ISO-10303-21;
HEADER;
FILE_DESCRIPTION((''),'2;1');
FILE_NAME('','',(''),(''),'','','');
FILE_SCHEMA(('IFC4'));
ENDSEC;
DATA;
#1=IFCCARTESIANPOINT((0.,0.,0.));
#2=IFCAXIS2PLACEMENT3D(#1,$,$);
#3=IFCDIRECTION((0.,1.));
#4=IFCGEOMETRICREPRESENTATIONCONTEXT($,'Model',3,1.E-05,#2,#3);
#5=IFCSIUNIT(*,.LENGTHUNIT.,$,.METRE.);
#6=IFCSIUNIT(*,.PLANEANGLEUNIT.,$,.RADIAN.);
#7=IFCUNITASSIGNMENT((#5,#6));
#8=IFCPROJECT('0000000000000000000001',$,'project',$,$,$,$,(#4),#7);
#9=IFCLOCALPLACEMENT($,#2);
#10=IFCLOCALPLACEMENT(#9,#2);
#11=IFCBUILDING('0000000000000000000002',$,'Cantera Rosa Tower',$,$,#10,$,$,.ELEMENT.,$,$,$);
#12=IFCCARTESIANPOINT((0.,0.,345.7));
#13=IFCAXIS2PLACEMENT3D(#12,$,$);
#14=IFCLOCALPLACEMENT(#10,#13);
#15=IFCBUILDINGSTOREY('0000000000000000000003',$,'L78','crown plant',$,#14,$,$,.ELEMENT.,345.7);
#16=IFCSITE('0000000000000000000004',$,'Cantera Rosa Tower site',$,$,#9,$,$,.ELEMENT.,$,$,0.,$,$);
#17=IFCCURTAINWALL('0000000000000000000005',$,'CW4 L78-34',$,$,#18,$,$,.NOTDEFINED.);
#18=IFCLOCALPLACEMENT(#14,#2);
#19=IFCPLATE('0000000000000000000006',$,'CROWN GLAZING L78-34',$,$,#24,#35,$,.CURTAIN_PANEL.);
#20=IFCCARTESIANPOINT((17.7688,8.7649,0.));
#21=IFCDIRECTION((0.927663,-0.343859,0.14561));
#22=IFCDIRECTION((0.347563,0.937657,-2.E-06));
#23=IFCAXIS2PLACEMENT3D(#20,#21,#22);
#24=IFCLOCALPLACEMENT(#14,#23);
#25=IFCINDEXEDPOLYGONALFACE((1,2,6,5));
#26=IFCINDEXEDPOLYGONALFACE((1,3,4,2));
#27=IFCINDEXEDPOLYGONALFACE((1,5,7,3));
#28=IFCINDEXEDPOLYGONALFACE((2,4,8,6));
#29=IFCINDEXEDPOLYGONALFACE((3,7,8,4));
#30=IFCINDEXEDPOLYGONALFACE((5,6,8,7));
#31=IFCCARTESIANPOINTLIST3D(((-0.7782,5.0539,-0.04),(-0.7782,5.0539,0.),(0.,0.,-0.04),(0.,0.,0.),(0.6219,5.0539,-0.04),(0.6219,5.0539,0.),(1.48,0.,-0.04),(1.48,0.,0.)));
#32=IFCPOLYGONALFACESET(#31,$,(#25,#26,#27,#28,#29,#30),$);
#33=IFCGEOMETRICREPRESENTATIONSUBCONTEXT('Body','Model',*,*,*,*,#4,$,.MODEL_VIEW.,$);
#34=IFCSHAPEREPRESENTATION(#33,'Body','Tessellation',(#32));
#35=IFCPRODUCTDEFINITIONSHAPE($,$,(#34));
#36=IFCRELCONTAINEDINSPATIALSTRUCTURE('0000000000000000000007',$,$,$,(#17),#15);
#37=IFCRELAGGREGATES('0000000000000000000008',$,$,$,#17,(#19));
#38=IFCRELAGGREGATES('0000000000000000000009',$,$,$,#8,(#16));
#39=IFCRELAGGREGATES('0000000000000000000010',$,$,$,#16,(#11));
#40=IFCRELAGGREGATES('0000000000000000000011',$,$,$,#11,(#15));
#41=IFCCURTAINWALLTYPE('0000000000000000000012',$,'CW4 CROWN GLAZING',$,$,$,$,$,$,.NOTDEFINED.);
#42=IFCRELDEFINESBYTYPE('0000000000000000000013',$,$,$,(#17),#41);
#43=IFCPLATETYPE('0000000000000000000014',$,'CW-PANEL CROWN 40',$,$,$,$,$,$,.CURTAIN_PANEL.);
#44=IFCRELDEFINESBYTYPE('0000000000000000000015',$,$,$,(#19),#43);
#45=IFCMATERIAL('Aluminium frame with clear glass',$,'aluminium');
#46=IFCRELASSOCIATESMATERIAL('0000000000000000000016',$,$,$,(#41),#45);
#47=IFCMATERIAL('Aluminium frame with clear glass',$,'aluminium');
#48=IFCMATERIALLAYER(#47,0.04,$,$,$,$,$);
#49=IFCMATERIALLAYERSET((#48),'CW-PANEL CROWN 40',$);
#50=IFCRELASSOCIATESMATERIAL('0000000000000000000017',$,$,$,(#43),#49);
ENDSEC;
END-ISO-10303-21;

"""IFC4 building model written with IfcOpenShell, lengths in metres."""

from ifc_helpers import new_model, si_unit, direction, frame, origin, place, context, subcontext, project, spatial, polyline, outline, extrude, material, layer, layer_set, type_object, element, aggregate, save


model = new_model("IFC4")

# Units and contexts
model_context = context("Model", 3, precision=1e-05, world=origin(), true_north=direction((0.0, 1.0)))
body_context = subcontext(model_context, "Body", "Model", "MODEL_VIEW")
ifc_project = project(units=[si_unit("LENGTHUNIT", "METRE"), si_unit("PLANEANGLEUNIT", "RADIAN")], contexts=[model_context])

# Site, building, storey
site_placement = place(None, origin())
site = spatial("IfcSite", under=ifc_project, at=site_placement, Name="Cantera Rosa Tower site", CompositionType="ELEMENT", RefElevation=0.0)
building_placement = place(site_placement, origin())
building = spatial("IfcBuilding", under=site, at=building_placement, Name="Cantera Rosa Tower", CompositionType="ELEMENT")
storey_placement = place(building_placement, frame((0.0, 0.0, 345.7)))
storey = spatial("IfcBuildingStorey", under=building, at=storey_placement, Name="L78", Description="crown plant", CompositionType="ELEMENT", Elevation=345.7)

# Curtain wall
ifc_material_1 = material(Name="Aluminium frame with clear glass", Category="aluminium")
curtain_wall_type = type_object("IfcCurtainWallType", Name="CW4 CROWN GLAZING", PredefinedType="NOTDEFINED", material=ifc_material_1)
curtain_wall_1_placement = place(storey_placement, origin())
curtain_wall_1 = element("IfcCurtainWall", 1, at=curtain_wall_1_placement, inside=storey, type_object=curtain_wall_type, Name="CW4 L78-34", PredefinedType="NOTDEFINED")

# Plate
ifc_material_2 = material(Name="Aluminium frame with clear glass", Category="aluminium")
ifc_layer_1 = layer(ifc_material_2, 0.04)
ifc_layer_set_1 = layer_set([ifc_layer_1], Name="CW-PANEL CROWN 40")
plate_type = type_object("IfcPlateType", Name="CW-PANEL CROWN 40", PredefinedType="CURTAIN_PANEL", material=ifc_layer_set_1)
plate_1_placement = place(storey_placement, frame((17.7688, 8.7649, 0.0), z_axis=(0.927663, -0.343859, 0.14561), x_axis=(0.347563, 0.937657, -0.000002)))
plate_1 = element("IfcPlate", 2, at=plate_1_placement, type_object=plate_type, Name="CROWN GLAZING L78-34", PredefinedType="CURTAIN_PANEL", context=body_context, shape_type="SweptSolid", body=[
    extrude(outline(polyline([(0.0, 0.0), (1.48, 0.0), (0.6219, 5.0539), (-0.7782, 5.0539), (0.0, 0.0)])), origin(), (0.0, 0.0, -1.0), 0.04),
])

aggregate(curtain_wall_1, [plate_1])

save(model, "model.ifc")
